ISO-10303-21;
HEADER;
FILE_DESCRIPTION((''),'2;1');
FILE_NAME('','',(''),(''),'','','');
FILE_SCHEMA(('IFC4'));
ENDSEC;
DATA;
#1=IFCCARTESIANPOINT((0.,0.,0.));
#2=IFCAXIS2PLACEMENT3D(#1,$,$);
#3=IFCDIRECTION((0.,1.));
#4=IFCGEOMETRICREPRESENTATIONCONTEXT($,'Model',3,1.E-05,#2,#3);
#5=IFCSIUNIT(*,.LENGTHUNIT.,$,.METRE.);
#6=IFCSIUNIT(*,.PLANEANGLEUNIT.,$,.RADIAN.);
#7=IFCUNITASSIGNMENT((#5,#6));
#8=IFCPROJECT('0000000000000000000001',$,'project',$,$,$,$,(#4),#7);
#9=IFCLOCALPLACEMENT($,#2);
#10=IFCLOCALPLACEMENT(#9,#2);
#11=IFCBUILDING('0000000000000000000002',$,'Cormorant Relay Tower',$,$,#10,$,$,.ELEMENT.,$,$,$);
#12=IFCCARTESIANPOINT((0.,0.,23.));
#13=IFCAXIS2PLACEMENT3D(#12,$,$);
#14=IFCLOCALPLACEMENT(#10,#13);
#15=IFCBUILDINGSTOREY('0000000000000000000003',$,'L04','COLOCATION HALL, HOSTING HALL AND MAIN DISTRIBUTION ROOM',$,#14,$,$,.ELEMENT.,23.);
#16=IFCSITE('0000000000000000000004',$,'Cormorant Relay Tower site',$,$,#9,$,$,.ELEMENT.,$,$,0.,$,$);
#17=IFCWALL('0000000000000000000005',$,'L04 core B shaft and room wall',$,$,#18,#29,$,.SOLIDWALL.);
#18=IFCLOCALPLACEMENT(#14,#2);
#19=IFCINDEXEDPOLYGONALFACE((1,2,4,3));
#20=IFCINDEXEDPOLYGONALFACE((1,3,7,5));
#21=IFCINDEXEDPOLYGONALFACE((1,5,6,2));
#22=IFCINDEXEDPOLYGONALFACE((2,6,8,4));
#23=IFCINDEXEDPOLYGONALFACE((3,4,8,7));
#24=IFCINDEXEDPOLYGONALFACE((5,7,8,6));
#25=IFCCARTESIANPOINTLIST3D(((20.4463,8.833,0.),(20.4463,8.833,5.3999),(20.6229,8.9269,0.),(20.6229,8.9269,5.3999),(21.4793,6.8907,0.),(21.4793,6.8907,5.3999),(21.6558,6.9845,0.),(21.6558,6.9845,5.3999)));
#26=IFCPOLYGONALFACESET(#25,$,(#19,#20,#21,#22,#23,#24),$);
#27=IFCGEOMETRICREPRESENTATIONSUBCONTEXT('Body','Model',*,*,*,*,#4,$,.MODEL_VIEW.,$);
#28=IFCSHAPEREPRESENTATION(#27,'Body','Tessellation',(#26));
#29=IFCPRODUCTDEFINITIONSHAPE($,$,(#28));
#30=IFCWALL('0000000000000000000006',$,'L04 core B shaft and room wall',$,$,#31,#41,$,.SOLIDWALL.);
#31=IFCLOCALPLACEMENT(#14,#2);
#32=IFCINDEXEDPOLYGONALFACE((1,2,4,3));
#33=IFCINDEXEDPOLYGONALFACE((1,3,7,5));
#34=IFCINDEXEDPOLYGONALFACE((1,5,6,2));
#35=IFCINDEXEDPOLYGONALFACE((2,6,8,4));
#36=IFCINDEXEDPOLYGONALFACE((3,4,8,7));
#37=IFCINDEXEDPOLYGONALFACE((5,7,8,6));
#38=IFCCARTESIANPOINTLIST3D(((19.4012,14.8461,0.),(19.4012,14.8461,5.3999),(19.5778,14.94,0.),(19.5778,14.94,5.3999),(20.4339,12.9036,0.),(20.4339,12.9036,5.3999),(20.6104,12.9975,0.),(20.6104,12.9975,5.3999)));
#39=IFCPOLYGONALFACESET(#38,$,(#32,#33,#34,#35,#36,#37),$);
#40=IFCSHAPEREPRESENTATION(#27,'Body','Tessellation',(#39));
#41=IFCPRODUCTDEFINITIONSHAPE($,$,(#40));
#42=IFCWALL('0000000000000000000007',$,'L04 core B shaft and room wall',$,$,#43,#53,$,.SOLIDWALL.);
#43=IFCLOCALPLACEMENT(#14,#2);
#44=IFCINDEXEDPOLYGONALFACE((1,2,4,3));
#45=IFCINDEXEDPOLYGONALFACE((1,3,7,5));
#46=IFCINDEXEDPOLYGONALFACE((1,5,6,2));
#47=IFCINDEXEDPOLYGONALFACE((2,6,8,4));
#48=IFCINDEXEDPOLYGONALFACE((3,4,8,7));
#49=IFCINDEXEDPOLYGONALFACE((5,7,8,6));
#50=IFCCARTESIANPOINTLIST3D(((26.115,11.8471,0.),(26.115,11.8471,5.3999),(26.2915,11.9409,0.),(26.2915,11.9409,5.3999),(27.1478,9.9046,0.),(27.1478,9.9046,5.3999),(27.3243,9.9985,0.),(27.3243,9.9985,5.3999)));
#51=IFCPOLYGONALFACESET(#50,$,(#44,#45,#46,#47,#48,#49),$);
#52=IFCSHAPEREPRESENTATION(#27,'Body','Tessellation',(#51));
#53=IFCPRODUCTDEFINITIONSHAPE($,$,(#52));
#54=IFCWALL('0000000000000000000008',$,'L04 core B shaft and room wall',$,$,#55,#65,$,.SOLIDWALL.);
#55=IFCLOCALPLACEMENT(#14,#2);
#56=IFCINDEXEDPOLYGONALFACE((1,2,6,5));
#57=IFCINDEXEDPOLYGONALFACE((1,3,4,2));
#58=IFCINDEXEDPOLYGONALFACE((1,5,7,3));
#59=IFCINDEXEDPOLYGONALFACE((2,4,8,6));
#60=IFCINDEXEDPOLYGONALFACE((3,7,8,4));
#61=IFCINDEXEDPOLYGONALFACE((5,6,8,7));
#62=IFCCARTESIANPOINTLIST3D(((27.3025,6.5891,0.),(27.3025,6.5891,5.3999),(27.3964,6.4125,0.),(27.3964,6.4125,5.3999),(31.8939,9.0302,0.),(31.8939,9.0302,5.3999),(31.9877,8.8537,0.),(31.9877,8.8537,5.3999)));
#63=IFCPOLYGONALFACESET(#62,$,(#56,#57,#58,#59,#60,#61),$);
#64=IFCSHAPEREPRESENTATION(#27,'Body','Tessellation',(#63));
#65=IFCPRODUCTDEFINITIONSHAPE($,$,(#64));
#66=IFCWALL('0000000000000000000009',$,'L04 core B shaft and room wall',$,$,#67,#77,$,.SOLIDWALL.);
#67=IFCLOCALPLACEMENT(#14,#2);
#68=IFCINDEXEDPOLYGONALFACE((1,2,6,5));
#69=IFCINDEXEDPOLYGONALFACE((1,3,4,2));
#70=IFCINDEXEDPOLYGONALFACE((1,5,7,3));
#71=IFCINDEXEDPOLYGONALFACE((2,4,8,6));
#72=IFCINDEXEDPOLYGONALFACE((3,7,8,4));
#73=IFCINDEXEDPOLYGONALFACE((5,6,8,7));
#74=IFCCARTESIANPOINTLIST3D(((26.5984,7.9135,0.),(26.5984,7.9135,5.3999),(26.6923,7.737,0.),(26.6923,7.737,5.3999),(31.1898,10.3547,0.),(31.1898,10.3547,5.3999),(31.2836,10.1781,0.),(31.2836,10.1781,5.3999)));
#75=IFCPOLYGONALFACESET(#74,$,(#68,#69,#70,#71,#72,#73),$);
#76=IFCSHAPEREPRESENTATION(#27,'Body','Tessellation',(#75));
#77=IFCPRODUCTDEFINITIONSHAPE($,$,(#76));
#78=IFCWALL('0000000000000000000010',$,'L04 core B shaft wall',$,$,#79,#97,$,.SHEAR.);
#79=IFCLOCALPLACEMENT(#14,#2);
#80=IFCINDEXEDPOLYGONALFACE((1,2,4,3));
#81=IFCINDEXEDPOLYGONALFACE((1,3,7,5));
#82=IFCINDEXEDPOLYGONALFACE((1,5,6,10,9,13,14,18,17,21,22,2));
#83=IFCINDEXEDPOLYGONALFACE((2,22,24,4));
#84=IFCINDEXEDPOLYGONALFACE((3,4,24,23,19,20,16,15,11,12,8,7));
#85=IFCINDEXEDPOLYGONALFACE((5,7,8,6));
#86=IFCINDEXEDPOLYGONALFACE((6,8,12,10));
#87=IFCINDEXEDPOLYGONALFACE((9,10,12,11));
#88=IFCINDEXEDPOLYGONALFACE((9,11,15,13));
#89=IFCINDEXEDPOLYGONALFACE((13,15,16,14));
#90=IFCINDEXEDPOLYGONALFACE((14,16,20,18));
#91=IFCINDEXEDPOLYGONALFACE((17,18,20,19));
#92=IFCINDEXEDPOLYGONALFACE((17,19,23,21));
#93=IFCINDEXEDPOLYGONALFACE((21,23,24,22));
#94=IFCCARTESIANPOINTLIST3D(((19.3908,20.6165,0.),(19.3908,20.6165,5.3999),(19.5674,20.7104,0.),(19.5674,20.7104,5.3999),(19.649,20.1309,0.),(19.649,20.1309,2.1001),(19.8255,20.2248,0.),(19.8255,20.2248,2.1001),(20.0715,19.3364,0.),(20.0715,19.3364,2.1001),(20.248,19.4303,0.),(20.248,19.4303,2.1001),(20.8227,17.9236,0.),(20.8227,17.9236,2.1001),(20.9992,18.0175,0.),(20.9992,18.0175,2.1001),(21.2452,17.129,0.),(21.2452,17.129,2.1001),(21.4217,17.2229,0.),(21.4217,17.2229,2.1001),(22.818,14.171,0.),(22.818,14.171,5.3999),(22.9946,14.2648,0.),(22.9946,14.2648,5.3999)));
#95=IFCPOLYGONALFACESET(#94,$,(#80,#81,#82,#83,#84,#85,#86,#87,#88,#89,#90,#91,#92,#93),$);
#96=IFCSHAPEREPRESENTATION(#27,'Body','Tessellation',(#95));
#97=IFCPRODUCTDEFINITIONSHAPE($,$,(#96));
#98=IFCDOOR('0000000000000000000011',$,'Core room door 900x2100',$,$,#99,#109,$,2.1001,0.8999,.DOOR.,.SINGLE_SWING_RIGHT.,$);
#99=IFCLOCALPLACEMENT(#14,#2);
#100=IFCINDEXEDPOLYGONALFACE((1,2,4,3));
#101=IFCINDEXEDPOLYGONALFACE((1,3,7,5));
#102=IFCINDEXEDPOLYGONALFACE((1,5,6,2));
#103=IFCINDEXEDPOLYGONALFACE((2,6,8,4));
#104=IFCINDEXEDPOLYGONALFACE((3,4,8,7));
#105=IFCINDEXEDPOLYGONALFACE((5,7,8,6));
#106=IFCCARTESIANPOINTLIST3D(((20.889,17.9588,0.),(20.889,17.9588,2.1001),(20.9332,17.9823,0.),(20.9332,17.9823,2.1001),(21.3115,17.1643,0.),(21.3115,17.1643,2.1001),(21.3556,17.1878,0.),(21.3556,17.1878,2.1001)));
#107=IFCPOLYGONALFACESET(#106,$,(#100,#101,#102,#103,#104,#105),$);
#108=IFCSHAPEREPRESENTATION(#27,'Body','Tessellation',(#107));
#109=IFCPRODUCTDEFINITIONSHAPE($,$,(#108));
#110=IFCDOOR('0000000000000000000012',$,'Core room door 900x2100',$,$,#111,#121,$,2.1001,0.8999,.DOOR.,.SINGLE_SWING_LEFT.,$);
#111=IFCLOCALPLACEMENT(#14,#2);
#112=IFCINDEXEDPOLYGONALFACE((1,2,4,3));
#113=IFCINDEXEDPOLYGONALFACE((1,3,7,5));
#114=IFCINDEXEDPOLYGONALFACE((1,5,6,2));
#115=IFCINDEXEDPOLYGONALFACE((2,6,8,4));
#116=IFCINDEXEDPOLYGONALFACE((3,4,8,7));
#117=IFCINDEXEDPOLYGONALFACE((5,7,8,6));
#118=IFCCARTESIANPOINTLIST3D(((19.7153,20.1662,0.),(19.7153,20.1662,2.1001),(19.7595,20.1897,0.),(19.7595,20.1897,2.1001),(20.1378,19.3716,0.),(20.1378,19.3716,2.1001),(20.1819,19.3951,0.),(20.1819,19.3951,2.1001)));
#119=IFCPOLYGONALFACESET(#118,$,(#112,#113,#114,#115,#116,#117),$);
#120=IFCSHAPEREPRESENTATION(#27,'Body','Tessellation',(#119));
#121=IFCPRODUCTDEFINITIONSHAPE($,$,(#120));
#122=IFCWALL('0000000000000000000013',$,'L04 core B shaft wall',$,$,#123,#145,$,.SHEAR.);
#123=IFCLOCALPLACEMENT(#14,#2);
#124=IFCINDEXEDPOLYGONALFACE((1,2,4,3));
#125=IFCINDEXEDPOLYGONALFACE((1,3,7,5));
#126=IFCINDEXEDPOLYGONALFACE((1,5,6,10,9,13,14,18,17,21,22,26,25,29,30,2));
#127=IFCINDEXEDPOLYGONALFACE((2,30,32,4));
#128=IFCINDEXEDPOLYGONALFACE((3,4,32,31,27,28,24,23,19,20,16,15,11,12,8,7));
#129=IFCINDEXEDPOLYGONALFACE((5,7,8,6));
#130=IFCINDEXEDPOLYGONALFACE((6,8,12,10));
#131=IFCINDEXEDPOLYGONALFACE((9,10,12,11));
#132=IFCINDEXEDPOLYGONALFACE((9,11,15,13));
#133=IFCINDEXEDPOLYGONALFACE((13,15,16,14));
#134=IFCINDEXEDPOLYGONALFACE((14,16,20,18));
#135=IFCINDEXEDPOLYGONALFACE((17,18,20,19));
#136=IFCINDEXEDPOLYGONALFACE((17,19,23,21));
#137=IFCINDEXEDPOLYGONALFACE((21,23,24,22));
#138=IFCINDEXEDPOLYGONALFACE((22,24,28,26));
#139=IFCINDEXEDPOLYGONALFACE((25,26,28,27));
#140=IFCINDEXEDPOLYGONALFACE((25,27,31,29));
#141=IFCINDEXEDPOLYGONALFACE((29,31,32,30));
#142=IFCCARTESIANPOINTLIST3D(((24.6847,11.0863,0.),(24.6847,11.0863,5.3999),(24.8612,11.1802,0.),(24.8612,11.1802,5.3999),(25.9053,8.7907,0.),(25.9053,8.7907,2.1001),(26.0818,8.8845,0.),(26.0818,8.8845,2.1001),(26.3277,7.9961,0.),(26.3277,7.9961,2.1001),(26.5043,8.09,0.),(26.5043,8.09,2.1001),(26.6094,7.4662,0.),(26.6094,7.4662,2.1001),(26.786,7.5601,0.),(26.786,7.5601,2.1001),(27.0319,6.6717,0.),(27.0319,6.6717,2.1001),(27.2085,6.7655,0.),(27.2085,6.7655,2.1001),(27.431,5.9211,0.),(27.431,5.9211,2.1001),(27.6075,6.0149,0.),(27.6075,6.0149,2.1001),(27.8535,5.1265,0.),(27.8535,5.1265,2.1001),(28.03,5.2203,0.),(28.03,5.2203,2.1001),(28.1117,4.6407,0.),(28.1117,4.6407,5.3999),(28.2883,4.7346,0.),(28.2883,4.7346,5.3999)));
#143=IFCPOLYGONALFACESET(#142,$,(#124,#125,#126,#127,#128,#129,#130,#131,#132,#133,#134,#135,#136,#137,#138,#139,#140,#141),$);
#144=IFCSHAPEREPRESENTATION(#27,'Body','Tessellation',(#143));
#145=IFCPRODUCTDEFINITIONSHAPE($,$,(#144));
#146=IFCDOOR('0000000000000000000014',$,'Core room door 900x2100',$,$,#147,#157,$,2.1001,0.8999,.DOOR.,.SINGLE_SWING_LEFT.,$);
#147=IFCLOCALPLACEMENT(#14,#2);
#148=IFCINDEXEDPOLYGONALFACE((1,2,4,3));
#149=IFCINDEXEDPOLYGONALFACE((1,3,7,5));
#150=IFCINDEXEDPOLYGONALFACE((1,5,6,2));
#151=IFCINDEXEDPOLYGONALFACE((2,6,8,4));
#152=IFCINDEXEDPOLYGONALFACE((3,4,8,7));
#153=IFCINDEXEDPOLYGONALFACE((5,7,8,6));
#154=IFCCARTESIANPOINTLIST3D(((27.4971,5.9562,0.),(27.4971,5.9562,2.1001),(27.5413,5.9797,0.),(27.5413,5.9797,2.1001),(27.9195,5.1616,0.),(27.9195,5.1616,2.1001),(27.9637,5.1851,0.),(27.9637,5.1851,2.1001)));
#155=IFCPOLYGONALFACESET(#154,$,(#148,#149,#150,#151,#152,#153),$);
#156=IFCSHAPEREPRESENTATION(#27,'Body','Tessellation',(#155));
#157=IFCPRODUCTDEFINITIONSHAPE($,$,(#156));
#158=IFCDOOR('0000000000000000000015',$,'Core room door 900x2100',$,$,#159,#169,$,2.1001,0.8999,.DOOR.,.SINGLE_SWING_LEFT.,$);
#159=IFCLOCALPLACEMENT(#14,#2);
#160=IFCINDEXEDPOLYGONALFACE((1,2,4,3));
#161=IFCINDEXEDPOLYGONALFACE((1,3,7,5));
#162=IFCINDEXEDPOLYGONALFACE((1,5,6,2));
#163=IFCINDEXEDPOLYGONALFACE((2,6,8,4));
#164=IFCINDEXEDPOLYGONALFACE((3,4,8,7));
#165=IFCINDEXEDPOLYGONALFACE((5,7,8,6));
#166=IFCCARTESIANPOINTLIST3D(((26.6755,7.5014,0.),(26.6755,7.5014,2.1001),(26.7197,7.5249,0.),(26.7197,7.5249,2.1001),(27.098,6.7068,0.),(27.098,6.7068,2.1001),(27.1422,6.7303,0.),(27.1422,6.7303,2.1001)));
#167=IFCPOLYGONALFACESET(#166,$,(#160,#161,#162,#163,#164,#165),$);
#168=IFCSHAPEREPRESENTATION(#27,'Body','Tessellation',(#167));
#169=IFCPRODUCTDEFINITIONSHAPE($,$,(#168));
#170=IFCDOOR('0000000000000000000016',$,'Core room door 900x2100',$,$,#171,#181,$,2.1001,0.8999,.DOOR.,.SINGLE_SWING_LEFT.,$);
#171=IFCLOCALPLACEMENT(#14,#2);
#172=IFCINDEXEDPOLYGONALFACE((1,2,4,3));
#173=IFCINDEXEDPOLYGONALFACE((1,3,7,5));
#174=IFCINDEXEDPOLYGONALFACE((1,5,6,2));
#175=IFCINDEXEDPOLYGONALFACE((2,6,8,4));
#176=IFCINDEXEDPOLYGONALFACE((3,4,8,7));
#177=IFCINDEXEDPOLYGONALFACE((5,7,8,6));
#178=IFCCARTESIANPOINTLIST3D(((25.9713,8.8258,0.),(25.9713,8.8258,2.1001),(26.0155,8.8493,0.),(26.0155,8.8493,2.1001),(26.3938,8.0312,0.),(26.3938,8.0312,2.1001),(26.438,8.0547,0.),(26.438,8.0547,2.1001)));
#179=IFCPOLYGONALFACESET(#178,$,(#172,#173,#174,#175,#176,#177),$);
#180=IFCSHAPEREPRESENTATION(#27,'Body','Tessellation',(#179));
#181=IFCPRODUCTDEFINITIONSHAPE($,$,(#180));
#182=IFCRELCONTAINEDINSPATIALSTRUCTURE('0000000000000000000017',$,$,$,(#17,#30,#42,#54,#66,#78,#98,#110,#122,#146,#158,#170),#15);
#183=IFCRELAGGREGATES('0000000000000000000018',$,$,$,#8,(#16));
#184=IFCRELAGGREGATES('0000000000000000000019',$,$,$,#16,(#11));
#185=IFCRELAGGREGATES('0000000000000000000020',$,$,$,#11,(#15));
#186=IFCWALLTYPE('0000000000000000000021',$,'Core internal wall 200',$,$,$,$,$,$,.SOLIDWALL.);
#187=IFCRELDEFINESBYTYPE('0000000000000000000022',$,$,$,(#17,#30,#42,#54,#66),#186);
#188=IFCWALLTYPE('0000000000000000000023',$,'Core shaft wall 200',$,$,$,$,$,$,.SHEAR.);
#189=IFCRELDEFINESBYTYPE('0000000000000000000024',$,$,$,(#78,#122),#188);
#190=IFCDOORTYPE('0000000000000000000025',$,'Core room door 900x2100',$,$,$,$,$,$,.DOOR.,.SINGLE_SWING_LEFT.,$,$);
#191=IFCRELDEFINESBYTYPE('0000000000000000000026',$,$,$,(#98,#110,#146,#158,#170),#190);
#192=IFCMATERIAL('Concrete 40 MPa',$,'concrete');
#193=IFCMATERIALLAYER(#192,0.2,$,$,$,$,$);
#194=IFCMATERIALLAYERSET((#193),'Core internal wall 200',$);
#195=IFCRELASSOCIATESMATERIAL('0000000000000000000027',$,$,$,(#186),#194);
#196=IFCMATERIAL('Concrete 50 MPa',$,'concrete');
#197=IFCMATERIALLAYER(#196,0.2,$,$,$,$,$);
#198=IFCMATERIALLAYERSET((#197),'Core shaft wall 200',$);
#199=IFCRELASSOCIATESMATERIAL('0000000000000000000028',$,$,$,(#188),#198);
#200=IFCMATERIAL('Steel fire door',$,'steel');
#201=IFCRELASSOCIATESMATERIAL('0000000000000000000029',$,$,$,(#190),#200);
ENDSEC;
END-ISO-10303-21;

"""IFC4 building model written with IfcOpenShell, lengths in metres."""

from ifc_helpers import new_model, si_unit, direction, frame, frame_2d, origin, place, context, subcontext, project, spatial, rectangle, extrude, material, layer, layer_set, type_object, element, fill, save


model = new_model("IFC4")

# Units and contexts
model_context = context("Model", 3, precision=1e-05, world=origin(), true_north=direction((0.0, 1.0)))
body_context = subcontext(model_context, "Body", "Model", "MODEL_VIEW")
ifc_project = project(units=[si_unit("LENGTHUNIT", "METRE"), si_unit("PLANEANGLEUNIT", "RADIAN")], contexts=[model_context])

# Site, building, storey
site_placement = place(None, origin())
site = spatial("IfcSite", under=ifc_project, at=site_placement, Name="Cormorant Relay Tower site", CompositionType="ELEMENT", RefElevation=0.0)
building_placement = place(site_placement, origin())
building = spatial("IfcBuilding", under=site, at=building_placement, Name="Cormorant Relay Tower", CompositionType="ELEMENT")
storey_placement = place(building_placement, frame((0.0, 0.0, 23.0)))
storey = spatial("IfcBuildingStorey", under=building, at=storey_placement, Name="L04", Description="COLOCATION HALL, HOSTING HALL AND MAIN DISTRIBUTION ROOM", CompositionType="ELEMENT", Elevation=23.0)

# Walls
ifc_material_1 = material(Name="Concrete 40 MPa", Category="concrete")
ifc_layer_1 = layer(ifc_material_1, 0.2)
ifc_layer_set_1 = layer_set([ifc_layer_1], Name="Core internal wall 200")
wall_type_1 = type_object("IfcWallType", Name="Core internal wall 200", PredefinedType="SOLIDWALL", material=ifc_layer_set_1)
for number, where, z_axis, x_axis, name in (
    (1, (21.5676, 6.9375, 0.0), (0.0, 0.0, 1.0), (-0.469534, 0.882914, 0.0), "L04 core B shaft and room wall"),
    (2, (20.5222, 12.9504, 0.0), (0.0, 0.0, 1.0), (-0.469401, 0.882985, 0.0), "L04 core B shaft and room wall"),
    (3, (27.2361, 9.9514, 0.0), (0.0, 0.0, 1.0), (-0.469447, 0.88296, 0.0), "L04 core B shaft and room wall"),
):
    element("IfcWall", number, at=place(storey_placement, frame(where, z_axis=z_axis, x_axis=x_axis)), inside=storey, type_object=wall_type_1, Name=name, PredefinedType="SOLIDWALL", context=body_context, shape_type="SweptSolid", body=[
        extrude(rectangle(XDim=2.2, YDim=0.2, at=frame_2d((1.1001, 0.0))), origin(), (0.0, 0.0, 1.0), 5.3999),
    ])
for number, where, z_axis, x_axis, name in (
    (4, (27.3494, 6.5007, 0.0), (0.0, 0.0, 1.0), (0.882954, 0.46946, 0.0), "L04 core B shaft and room wall"),
    (5, (26.6453, 7.8252, 0.0), (0.0, 0.0, 1.0), (0.882954, 0.46946, 0.0), "L04 core B shaft and room wall"),
):
    element("IfcWall", number, at=place(storey_placement, frame(where, z_axis=z_axis, x_axis=x_axis)), inside=storey, type_object=wall_type_1, Name=name, PredefinedType="SOLIDWALL", context=body_context, shape_type="SweptSolid", body=[
        extrude(rectangle(XDim=5.2, YDim=0.2, at=frame_2d((2.6001, 0.0))), origin(), (0.0, 0.0, 1.0), 5.3999),
    ])

# Walls, openings, doors
ifc_material_2 = material(Name="Concrete 50 MPa", Category="concrete")
ifc_layer_2 = layer(ifc_material_2, 0.2)
ifc_layer_set_2 = layer_set([ifc_layer_2], Name="Core shaft wall 200")
wall_type_2 = type_object("IfcWallType", Name="Core shaft wall 200", PredefinedType="SHEAR", material=ifc_layer_set_2)
wall_1_placement = place(storey_placement, frame((22.9062, 14.218, 0.0), z_axis=(0.0, 0.0, 1.0), x_axis=(-0.46948, 0.882943, 0.0)))
wall_1 = element("IfcWall", 6, at=wall_1_placement, inside=storey, type_object=wall_type_2, Name="L04 core B shaft wall", PredefinedType="SHEAR", context=body_context, shape_type="SweptSolid", body=[
    extrude(rectangle(XDim=7.3, YDim=0.2, at=frame_2d((3.6499, 0.0))), origin(), (0.0, 0.0, 1.0), 5.3999),
])
opening_1_placement = place(wall_1_placement, frame((3.3501, 0.0, 0.0)))
opening_1 = element("IfcOpeningElement", 7, at=opening_1_placement, cuts=wall_1, PredefinedType="OPENING", context=body_context, shape_type="SweptSolid", body=[
    extrude(rectangle(XDim=0.8999, YDim=2.1001, at=frame_2d((0.45, 1.05))), frame((0.0, 0.1099, 0.0), z_axis=(0.0, -1.0, 0.0), x_axis=(1.0, 0.0, 0.0)), (0.0, 0.0, 1.0), 0.22),
])
opening_2_placement = place(wall_1_placement, frame((5.8501, 0.0, 0.0)))
opening_2 = element("IfcOpeningElement", 8, at=opening_2_placement, cuts=wall_1, PredefinedType="OPENING", context=body_context, shape_type="SweptSolid", body=[
    extrude(rectangle(XDim=0.8999, YDim=2.1001, at=frame_2d((0.45, 1.05))), frame((0.0, 0.1099, 0.0), z_axis=(0.0, -1.0, 0.0), x_axis=(1.0, 0.0, 0.0)), (0.0, 0.0, 1.0), 0.22),
])
ifc_material_3 = material(Name="Steel fire door", Category="steel")
door_type_1 = type_object("IfcDoorType", Name="Core room door 900x2100", OperationType="SINGLE_SWING_LEFT", PredefinedType="DOOR", material=ifc_material_3)
door_1_placement = place(opening_1_placement, origin())
door_1 = element("IfcDoor", 9, at=door_1_placement, inside=storey, type_object=door_type_1, Name="Core room door 900x2100", OperationType="SINGLE_SWING_RIGHT", OverallHeight=2.1001, OverallWidth=0.8999, PredefinedType="DOOR", context=body_context, shape_type="SweptSolid", body=[
    extrude(rectangle(XDim=0.8999, YDim=2.1001, at=frame_2d((0.45, 1.05))), frame((0.0, 0.0249, 0.0), z_axis=(0.0, -1.0, 0.0), x_axis=(1.0, 0.0, 0.0)), (0.0, 0.0, 1.0), 0.05),
])
fill(opening_1, door_1)
door_2_placement = place(opening_2_placement, origin())
door_2 = element("IfcDoor", 10, at=door_2_placement, inside=storey, type_object=door_type_1, Name="Core room door 900x2100", OperationType="SINGLE_SWING_LEFT", OverallHeight=2.1001, OverallWidth=0.8999, PredefinedType="DOOR", context=body_context, shape_type="SweptSolid", body=[
    extrude(rectangle(XDim=0.8999, YDim=2.1001, at=frame_2d((0.45, 1.05))), frame((0.0, 0.0249, 0.0), z_axis=(0.0, -1.0, 0.0), x_axis=(1.0, 0.0, 0.0)), (0.0, 0.0, 1.0), 0.05),
])
fill(opening_2, door_2)
wall_2_placement = place(storey_placement, frame((28.2, 4.6877, 0.0), z_axis=(0.0, 0.0, 1.0), x_axis=(-0.469454, 0.882957, 0.0)))
wall_2 = element("IfcWall", 11, at=wall_2_placement, inside=storey, type_object=wall_type_2, Name="L04 core B shaft wall", PredefinedType="SHEAR", context=body_context, shape_type="SweptSolid", body=[
    extrude(rectangle(XDim=7.3, YDim=0.2, at=frame_2d((3.6499, 0.0))), origin(), (0.0, 0.0, 1.0), 5.3999),
])
opening_3_placement = place(wall_2_placement, frame((0.55, 0.0, 0.0)))
opening_3 = element("IfcOpeningElement", 12, at=opening_3_placement, cuts=wall_2, PredefinedType="OPENING", context=body_context, shape_type="SweptSolid", body=[
    extrude(rectangle(XDim=0.8999, YDim=2.1001, at=frame_2d((0.45, 1.05))), frame((0.0, 0.1099, 0.0), z_axis=(0.0, -1.0, 0.0), x_axis=(1.0, 0.0, 0.0)), (0.0, 0.0, 1.0), 0.22),
])
opening_4_placement = place(wall_2_placement, frame((2.3, 0.0, 0.0)))
opening_4 = element("IfcOpeningElement", 13, at=opening_4_placement, cuts=wall_2, PredefinedType="OPENING", context=body_context, shape_type="SweptSolid", body=[
    extrude(rectangle(XDim=0.8999, YDim=2.1001, at=frame_2d((0.45, 1.05))), frame((0.0, 0.1099, 0.0), z_axis=(0.0, -1.0, 0.0), x_axis=(1.0, 0.0, 0.0)), (0.0, 0.0, 1.0), 0.22),
])
opening_5_placement = place(wall_2_placement, frame((3.8, 0.0, 0.0)))
opening_5 = element("IfcOpeningElement", 14, at=opening_5_placement, cuts=wall_2, PredefinedType="OPENING", context=body_context, shape_type="SweptSolid", body=[
    extrude(rectangle(XDim=0.8999, YDim=2.1001, at=frame_2d((0.45, 1.05))), frame((0.0, 0.1099, 0.0), z_axis=(0.0, -1.0, 0.0), x_axis=(1.0, 0.0, 0.0)), (0.0, 0.0, 1.0), 0.22),
])
door_3_placement = place(opening_3_placement, frame((0.8999, 0.0, 0.0), z_axis=(0.0, 0.0, 1.0), x_axis=(-1.0, 0.0, 0.0)))
door_3 = element("IfcDoor", 15, at=door_3_placement, inside=storey, type_object=door_type_1, Name="Core room door 900x2100", OperationType="SINGLE_SWING_LEFT", OverallHeight=2.1001, OverallWidth=0.8999, PredefinedType="DOOR", context=body_context, shape_type="SweptSolid", body=[
    extrude(rectangle(XDim=0.8999, YDim=2.1001, at=frame_2d((0.45, 1.05))), frame((0.0, 0.0249, 0.0), z_axis=(0.0, -1.0, 0.0), x_axis=(1.0, 0.0, 0.0)), (0.0, 0.0, 1.0), 0.05),
])
fill(opening_3, door_3)
door_4_placement = place(opening_4_placement, frame((0.8999, 0.0, 0.0), z_axis=(0.0, 0.0, 1.0), x_axis=(-1.0, 0.0, 0.0)))
door_4 = element("IfcDoor", 16, at=door_4_placement, inside=storey, type_object=door_type_1, Name="Core room door 900x2100", OperationType="SINGLE_SWING_LEFT", OverallHeight=2.1001, OverallWidth=0.8999, PredefinedType="DOOR", context=body_context, shape_type="SweptSolid", body=[
    extrude(rectangle(XDim=0.8999, YDim=2.1001, at=frame_2d((0.45, 1.05))), frame((0.0, 0.0249, 0.0), z_axis=(0.0, -1.0, 0.0), x_axis=(1.0, 0.0, 0.0)), (0.0, 0.0, 1.0), 0.05),
])
fill(opening_4, door_4)
door_5_placement = place(opening_5_placement, frame((0.8999, 0.0, 0.0), z_axis=(0.0, 0.0, 1.0), x_axis=(-1.0, 0.0, 0.0)))
door_5 = element("IfcDoor", 17, at=door_5_placement, inside=storey, type_object=door_type_1, Name="Core room door 900x2100", OperationType="SINGLE_SWING_LEFT", OverallHeight=2.1001, OverallWidth=0.8999, PredefinedType="DOOR", context=body_context, shape_type="SweptSolid", body=[
    extrude(rectangle(XDim=0.8999, YDim=2.1001, at=frame_2d((0.45, 1.05))), frame((0.0, 0.0249, 0.0), z_axis=(0.0, -1.0, 0.0), x_axis=(1.0, 0.0, 0.0)), (0.0, 0.0, 1.0), 0.05),
])
fill(opening_5, door_5)

save(model, "model.ifc")
